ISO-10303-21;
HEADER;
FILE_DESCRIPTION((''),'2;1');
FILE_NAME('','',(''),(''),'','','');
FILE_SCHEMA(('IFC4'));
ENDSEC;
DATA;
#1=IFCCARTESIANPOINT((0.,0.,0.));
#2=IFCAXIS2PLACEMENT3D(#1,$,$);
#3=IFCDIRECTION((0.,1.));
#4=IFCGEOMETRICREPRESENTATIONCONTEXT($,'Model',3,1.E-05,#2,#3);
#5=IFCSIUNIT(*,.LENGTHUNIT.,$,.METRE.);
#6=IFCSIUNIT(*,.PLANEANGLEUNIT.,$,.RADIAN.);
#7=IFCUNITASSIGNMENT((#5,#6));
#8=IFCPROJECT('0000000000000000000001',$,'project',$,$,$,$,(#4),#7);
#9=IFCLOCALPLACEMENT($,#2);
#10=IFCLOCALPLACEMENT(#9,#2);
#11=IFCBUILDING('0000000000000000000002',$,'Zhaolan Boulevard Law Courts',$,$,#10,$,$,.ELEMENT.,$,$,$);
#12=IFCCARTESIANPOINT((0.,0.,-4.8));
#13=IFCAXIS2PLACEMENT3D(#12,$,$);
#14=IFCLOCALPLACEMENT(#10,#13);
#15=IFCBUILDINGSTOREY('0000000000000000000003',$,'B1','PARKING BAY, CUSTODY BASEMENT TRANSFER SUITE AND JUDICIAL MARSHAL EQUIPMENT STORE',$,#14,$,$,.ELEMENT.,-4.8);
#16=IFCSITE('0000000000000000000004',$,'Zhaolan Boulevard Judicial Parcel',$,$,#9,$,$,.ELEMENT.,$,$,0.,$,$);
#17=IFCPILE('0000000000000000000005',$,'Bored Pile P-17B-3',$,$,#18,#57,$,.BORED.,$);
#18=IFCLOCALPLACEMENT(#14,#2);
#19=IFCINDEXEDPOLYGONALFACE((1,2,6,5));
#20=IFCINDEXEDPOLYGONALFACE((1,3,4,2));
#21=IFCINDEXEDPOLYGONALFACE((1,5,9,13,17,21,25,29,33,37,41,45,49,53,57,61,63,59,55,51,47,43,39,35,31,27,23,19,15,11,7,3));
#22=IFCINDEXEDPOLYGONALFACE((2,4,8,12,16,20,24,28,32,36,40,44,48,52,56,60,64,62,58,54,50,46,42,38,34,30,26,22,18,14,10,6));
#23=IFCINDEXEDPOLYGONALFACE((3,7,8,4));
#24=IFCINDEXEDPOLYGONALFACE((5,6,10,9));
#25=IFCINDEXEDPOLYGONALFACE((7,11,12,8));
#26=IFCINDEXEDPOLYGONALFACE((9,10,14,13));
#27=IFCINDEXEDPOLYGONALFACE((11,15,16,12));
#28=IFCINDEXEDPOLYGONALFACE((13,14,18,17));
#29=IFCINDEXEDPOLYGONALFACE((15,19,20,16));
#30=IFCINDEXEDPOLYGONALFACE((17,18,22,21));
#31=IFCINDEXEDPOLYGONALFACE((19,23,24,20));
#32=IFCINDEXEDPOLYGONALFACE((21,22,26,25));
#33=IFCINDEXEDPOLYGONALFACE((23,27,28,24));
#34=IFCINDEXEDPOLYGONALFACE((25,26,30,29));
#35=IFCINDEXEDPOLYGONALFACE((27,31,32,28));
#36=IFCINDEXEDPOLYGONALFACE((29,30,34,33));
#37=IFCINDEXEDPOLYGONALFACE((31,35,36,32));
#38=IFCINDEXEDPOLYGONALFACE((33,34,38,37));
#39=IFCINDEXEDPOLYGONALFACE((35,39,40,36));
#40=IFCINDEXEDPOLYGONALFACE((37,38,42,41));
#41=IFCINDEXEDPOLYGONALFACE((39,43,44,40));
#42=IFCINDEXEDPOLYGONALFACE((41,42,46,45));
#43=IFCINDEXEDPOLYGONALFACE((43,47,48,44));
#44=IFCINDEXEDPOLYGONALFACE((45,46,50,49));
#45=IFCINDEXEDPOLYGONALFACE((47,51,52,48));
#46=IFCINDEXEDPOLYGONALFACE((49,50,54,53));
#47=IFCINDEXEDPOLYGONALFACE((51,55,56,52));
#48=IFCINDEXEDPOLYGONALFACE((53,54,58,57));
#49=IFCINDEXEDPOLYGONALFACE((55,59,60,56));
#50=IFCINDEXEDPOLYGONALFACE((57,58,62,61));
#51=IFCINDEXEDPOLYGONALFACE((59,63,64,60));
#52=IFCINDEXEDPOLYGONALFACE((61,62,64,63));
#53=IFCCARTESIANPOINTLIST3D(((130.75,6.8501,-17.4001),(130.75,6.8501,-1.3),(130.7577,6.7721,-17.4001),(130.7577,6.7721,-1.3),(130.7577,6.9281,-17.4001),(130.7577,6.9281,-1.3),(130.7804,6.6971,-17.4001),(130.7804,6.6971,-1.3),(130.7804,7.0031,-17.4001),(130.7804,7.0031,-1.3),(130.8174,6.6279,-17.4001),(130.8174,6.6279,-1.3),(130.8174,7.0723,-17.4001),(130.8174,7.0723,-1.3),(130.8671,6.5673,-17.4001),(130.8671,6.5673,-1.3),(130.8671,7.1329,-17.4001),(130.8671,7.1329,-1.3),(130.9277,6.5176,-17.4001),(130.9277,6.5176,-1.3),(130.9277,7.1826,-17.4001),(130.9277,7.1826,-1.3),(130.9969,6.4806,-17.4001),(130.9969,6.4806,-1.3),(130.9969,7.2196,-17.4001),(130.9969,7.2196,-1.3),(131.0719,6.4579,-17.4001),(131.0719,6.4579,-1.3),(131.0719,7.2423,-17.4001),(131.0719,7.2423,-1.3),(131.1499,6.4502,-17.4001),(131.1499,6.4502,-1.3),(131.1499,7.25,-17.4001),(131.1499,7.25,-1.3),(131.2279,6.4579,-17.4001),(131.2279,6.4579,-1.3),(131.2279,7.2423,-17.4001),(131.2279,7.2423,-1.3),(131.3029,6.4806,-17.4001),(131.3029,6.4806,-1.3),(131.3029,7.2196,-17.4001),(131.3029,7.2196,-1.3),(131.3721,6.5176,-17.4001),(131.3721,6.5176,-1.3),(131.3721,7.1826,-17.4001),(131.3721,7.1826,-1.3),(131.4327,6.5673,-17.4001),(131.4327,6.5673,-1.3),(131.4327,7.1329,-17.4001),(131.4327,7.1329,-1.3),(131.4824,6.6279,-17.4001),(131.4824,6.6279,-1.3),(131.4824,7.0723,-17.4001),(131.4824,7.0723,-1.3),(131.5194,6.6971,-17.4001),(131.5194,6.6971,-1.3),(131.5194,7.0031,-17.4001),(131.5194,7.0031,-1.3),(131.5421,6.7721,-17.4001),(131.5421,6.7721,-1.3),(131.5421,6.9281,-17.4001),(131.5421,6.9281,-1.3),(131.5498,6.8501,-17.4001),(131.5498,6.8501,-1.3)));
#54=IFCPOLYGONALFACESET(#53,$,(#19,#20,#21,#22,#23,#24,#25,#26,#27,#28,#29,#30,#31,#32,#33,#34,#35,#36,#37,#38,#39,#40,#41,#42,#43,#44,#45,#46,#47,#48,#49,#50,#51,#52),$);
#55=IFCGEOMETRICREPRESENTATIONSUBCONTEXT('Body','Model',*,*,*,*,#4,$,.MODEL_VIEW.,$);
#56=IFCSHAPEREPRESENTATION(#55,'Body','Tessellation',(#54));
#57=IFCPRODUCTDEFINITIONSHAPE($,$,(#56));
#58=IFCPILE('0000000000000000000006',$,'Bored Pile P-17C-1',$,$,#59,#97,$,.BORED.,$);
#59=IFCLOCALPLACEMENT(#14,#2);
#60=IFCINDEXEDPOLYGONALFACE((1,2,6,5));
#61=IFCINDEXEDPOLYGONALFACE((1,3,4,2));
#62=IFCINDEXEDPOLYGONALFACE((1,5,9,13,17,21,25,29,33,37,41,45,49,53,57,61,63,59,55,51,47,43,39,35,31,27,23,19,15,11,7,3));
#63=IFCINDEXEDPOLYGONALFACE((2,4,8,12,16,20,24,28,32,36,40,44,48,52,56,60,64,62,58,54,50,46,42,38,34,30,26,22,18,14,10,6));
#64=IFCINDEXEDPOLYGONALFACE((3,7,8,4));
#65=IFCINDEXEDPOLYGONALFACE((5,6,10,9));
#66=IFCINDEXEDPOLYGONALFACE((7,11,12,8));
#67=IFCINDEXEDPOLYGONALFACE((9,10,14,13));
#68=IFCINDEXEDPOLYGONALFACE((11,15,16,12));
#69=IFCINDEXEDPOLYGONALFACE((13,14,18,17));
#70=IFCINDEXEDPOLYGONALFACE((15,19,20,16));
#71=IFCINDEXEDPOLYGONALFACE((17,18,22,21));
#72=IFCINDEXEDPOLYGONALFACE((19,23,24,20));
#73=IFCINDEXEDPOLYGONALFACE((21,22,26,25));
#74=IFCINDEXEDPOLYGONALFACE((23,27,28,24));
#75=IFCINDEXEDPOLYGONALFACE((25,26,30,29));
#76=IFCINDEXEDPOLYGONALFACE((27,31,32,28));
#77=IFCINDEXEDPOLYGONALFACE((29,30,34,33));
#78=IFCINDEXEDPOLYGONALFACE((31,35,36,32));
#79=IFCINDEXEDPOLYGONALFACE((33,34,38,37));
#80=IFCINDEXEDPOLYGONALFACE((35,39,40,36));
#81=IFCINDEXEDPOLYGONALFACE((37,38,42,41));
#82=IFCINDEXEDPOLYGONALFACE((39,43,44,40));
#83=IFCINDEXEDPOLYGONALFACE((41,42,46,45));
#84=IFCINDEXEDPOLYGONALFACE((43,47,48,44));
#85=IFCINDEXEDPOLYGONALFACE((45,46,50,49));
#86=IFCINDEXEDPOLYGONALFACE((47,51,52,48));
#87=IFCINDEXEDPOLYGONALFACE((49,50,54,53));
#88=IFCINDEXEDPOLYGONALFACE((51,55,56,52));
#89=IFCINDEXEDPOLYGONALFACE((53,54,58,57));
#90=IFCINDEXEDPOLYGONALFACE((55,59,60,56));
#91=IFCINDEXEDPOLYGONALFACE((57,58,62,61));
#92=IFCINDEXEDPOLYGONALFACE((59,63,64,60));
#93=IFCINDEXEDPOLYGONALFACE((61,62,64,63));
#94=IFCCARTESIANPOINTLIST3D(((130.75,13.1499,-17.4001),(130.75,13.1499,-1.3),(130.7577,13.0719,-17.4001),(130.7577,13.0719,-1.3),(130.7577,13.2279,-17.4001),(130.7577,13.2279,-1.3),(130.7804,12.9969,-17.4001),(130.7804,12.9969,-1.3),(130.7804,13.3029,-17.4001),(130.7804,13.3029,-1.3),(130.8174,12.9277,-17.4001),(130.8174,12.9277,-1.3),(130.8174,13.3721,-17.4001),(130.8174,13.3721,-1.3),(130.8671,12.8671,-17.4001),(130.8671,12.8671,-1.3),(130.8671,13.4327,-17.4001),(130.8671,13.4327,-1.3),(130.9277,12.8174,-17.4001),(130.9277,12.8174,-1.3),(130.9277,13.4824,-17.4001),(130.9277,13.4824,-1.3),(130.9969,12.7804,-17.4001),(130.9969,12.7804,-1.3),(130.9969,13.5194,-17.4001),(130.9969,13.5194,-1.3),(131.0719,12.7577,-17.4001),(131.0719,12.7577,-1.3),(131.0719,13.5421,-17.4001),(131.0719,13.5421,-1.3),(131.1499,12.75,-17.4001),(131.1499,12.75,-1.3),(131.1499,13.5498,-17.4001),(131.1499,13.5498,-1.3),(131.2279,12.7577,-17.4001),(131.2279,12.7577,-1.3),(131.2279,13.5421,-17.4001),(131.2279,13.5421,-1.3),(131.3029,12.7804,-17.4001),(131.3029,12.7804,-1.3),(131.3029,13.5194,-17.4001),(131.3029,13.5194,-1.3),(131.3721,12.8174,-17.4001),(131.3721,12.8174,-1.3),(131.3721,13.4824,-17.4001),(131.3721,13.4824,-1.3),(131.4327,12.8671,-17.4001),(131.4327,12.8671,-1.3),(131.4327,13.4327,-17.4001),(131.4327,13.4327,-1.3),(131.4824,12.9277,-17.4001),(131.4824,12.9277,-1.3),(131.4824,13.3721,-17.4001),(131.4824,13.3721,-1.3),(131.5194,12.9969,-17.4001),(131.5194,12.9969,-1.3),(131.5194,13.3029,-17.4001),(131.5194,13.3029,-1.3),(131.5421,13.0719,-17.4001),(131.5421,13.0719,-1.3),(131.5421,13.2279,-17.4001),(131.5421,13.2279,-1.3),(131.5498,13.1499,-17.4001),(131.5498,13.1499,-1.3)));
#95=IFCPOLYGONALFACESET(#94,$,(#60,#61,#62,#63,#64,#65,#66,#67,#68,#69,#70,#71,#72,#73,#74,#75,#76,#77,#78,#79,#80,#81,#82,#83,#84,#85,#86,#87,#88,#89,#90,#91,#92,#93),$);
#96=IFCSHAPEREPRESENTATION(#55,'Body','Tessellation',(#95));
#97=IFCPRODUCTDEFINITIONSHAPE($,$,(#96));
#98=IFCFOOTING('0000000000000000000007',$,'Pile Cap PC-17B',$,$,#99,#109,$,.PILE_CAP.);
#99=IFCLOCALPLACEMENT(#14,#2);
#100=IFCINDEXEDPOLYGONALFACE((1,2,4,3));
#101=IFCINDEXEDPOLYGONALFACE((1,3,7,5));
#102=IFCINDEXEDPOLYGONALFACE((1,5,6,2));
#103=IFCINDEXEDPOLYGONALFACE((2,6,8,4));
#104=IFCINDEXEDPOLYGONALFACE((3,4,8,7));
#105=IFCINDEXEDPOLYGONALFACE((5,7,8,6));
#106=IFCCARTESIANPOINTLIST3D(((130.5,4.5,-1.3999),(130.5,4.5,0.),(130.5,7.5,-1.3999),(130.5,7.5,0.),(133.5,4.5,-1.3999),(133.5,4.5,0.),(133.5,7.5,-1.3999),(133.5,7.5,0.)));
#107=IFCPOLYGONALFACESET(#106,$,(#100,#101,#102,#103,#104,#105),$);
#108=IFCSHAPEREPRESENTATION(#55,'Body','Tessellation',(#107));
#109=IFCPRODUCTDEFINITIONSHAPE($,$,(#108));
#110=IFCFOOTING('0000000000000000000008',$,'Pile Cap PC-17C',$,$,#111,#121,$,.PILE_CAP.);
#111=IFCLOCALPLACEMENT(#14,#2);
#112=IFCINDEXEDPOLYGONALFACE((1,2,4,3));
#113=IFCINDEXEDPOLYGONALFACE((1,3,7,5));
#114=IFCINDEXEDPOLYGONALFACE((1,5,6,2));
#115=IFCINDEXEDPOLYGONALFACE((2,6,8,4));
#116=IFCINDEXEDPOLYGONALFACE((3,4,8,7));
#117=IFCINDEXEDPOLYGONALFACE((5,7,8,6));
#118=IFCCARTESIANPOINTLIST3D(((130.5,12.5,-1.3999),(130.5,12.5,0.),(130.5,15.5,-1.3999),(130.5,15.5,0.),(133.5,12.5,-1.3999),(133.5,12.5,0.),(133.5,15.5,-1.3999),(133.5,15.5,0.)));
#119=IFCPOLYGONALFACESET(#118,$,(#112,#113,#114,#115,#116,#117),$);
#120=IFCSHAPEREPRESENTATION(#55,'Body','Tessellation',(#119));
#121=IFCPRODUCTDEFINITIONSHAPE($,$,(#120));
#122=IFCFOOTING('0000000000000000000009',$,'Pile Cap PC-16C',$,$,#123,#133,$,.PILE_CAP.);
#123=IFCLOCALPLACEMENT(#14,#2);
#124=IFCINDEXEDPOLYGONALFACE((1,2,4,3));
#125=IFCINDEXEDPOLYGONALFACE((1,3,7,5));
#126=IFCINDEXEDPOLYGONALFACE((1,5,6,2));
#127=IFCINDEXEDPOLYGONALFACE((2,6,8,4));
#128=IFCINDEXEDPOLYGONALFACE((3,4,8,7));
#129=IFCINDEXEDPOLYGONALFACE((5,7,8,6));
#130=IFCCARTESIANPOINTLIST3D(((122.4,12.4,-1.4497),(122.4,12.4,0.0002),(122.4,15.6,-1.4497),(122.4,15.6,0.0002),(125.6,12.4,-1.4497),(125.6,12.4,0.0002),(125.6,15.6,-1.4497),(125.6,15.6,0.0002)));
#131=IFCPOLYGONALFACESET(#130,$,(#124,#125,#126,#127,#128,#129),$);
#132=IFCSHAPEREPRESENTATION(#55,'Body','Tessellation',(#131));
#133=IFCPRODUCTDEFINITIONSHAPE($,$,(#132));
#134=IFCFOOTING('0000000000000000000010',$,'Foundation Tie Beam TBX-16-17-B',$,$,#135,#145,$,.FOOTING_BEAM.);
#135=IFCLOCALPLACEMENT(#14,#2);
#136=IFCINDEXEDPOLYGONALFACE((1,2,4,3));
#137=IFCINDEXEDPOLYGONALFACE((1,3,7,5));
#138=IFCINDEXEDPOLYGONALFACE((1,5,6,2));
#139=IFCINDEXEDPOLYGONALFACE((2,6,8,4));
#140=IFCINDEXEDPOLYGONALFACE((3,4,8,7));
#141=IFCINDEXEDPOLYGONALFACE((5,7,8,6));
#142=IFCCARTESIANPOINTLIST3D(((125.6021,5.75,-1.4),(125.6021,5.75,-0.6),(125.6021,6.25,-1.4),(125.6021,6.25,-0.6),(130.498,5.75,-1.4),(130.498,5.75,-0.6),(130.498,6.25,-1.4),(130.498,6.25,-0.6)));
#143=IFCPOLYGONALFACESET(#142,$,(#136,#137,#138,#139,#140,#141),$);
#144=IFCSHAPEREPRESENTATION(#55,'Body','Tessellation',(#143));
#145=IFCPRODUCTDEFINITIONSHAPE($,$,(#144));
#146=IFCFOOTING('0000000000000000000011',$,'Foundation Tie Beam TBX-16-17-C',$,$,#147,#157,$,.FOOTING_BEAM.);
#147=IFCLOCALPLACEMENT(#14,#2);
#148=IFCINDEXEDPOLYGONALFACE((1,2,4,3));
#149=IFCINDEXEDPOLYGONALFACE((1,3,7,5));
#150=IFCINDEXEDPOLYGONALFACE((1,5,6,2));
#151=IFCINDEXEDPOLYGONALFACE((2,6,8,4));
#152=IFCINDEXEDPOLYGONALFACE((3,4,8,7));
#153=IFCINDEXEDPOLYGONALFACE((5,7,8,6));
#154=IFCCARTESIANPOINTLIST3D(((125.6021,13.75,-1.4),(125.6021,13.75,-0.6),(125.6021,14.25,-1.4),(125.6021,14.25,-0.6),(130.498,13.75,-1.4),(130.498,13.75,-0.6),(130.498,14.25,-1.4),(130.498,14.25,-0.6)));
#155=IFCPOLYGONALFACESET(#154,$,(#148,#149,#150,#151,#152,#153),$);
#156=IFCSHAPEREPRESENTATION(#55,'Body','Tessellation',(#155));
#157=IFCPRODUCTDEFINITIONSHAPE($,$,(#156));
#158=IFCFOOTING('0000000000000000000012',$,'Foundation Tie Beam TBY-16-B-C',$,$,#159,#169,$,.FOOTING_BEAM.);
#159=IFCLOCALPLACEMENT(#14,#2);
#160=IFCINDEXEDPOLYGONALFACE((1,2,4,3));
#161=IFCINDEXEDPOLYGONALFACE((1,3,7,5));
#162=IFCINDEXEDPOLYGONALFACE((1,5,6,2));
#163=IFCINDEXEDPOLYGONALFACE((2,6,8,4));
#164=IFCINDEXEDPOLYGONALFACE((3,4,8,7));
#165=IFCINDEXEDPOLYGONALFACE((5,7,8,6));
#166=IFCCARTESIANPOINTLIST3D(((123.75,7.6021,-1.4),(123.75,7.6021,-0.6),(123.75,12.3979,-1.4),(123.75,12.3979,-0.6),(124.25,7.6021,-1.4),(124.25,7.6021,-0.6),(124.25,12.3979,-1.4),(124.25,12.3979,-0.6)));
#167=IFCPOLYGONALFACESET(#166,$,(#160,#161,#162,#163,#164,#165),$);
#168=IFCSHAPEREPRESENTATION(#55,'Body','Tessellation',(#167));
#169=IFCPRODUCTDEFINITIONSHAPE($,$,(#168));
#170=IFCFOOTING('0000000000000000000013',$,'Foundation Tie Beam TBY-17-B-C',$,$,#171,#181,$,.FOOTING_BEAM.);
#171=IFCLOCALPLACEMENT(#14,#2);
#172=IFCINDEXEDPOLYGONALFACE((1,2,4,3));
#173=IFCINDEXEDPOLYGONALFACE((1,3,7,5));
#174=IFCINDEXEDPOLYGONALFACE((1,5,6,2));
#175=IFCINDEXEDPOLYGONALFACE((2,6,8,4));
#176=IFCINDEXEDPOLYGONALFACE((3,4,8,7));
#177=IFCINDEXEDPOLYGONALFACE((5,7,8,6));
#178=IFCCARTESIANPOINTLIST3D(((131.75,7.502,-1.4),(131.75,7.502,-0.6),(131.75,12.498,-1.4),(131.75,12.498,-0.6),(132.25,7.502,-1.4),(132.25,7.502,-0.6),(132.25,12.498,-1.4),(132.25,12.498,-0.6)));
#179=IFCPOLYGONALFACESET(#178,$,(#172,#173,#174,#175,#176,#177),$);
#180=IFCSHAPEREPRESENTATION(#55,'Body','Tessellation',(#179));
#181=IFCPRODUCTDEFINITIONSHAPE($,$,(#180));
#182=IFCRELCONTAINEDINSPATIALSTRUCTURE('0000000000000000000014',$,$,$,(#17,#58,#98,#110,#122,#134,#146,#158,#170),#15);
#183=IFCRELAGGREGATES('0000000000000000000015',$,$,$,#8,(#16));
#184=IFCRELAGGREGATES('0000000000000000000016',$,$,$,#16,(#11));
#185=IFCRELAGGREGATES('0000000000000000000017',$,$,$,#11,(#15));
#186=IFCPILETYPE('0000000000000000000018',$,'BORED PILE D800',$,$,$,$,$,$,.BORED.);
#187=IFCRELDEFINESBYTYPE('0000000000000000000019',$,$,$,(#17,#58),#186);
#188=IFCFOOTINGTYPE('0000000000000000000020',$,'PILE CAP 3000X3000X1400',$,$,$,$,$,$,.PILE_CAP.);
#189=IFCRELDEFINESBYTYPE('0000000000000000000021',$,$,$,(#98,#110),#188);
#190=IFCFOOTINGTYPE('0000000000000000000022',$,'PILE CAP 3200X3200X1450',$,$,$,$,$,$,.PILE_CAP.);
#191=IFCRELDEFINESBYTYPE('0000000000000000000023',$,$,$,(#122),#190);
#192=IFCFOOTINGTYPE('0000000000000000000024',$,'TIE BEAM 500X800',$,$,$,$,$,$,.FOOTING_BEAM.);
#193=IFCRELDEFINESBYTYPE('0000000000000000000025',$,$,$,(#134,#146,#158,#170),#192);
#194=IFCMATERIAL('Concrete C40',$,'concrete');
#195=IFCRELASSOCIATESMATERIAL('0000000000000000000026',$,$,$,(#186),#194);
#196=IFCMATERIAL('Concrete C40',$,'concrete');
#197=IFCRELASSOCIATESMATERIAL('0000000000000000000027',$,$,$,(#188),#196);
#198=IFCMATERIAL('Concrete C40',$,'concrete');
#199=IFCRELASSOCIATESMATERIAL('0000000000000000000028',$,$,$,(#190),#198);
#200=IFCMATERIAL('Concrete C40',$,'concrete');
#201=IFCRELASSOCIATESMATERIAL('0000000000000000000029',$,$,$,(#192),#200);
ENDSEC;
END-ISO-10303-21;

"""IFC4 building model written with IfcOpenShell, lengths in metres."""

from ifc_helpers import new_model, si_unit, direction, frame, origin, origin_2d, place, context, subcontext, project, spatial, rectangle, circle, extrude, material, material_profile, profile_set, type_object, element, save


model = new_model("IFC4")

# Units and contexts
model_context = context("Model", 3, precision=1e-05, world=origin(), true_north=direction((0.0, 1.0)))
body_context = subcontext(model_context, "Body", "Model", "MODEL_VIEW")
ifc_project = project(units=[si_unit("LENGTHUNIT", "METRE"), si_unit("PLANEANGLEUNIT", "RADIAN")], contexts=[model_context])

# Site, building, storey
site_placement = place(None, origin())
site = spatial("IfcSite", under=ifc_project, at=site_placement, Name="Zhaolan Boulevard Judicial Parcel", CompositionType="ELEMENT", RefElevation=0.0)
building_placement = place(site_placement, origin())
building = spatial("IfcBuilding", under=site, at=building_placement, Name="Zhaolan Boulevard Law Courts", CompositionType="ELEMENT")
storey_placement = place(building_placement, frame((0.0, 0.0, -4.8)))
storey = spatial("IfcBuildingStorey", under=building, at=storey_placement, Name="B1", Description="PARKING BAY, CUSTODY BASEMENT TRANSFER SUITE AND JUDICIAL MARSHAL EQUIPMENT STORE", CompositionType="ELEMENT", Elevation=-4.8)

# Piles
ifc_material_1 = material(Name="Concrete C40", Category="concrete")
ifc_material_profile_1 = material_profile(ifc_material_1, circle(Radius=0.3999, at=origin_2d()), Name="PILE-D800")
ifc_profile_set_1 = profile_set([ifc_material_profile_1], Name="Concrete C40")
pile_type = type_object("IfcPileType", Name="BORED PILE D800", PredefinedType="BORED", material=ifc_profile_set_1)
for number, where, z_axis, x_axis, name in (
    (1, (131.1499, 6.8501, -1.3), (0.0, 0.0, -1.0), (1.0, 0.0, 0.0), "Bored Pile P-17B-3"),
    (2, (131.1499, 13.1499, -1.3), (0.0, 0.0, -1.0), (1.0, 0.0, 0.0), "Bored Pile P-17C-1"),
):
    element("IfcPile", number, at=place(storey_placement, frame(where, z_axis=z_axis, x_axis=x_axis)), inside=storey, type_object=pile_type, Name=name, PredefinedType="BORED", context=body_context, shape_type="SweptSolid", body=[
        extrude(circle(Radius=0.3999, at=origin_2d()), origin(), (0.0, 0.0, 1.0), 16.1001),
    ])

# Footings
ifc_material_2 = material(Name="Concrete C40", Category="concrete")
footing_type_1 = type_object("IfcFootingType", Name="PILE CAP 3000X3000X1400", PredefinedType="PILE_CAP", material=ifc_material_2)
for number, where, z_axis, x_axis, name in (
    (3, (132.0, 6.0, -1.3999), (0.0, 0.0, 1.0), (1.0, 0.0, 0.0), "Pile Cap PC-17B"),
    (4, (132.0, 14.0, -1.3999), (0.0, 0.0, 1.0), (1.0, 0.0, 0.0), "Pile Cap PC-17C"),
):
    element("IfcFooting", number, at=place(storey_placement, frame(where, z_axis=z_axis, x_axis=x_axis)), inside=storey, type_object=footing_type_1, Name=name, PredefinedType="PILE_CAP", context=body_context, shape_type="SweptSolid", body=[
        extrude(rectangle(XDim=3.0, YDim=3.0, at=origin_2d()), origin(), (0.0, 0.0, 1.0), 1.3999),
    ])
ifc_material_3 = material(Name="Concrete C40", Category="concrete")
footing_type_2 = type_object("IfcFootingType", Name="PILE CAP 3200X3200X1450", PredefinedType="PILE_CAP", material=ifc_material_3)
footing_1_placement = place(storey_placement, frame((124.0, 14.0, -1.4497), z_axis=(0.0, 0.0, 1.0), x_axis=(1.0, 0.0, 0.0)))
element("IfcFooting", 5, at=footing_1_placement, inside=storey, type_object=footing_type_2, Name="Pile Cap PC-16C", PredefinedType="PILE_CAP", context=body_context, shape_type="SweptSolid", body=[
    extrude(rectangle(XDim=3.2, YDim=3.2, at=origin_2d()), origin(), (0.0, 0.0, 1.0), 1.45),
])
ifc_material_4 = material(Name="Concrete C40", Category="concrete")
ifc_material_profile_2 = material_profile(ifc_material_4, rectangle(XDim=0.5, YDim=0.8, at=origin_2d()), Name="RC500x800")
ifc_profile_set_2 = profile_set([ifc_material_profile_2], Name="Concrete C40")
footing_type_3 = type_object("IfcFootingType", Name="TIE BEAM 500X800", PredefinedType="FOOTING_BEAM", material=ifc_profile_set_2)
for number, where, z_axis, x_axis, name in (
    (6, (125.6021, 6.0, -1.0), (1.0, 0.0, 0.0), (0.0, 1.0, 0.0), "Foundation Tie Beam TBX-16-17-B"),
    (7, (125.6021, 14.0, -1.0), (1.0, 0.0, 0.0), (0.0, 1.0, 0.0), "Foundation Tie Beam TBX-16-17-C"),
):
    element("IfcFooting", number, at=place(storey_placement, frame(where, z_axis=z_axis, x_axis=x_axis)), inside=storey, type_object=footing_type_3, Name=name, PredefinedType="FOOTING_BEAM", context=body_context, shape_type="SweptSolid", body=[
        extrude(rectangle(XDim=0.5, YDim=0.8, at=origin_2d()), origin(), (0.0, 0.0, 1.0), 4.896),
    ])
footing_2_placement = place(storey_placement, frame((124.0, 7.6021, -1.0), z_axis=(0.0, 1.0, 0.0), x_axis=(-1.0, 0.0, 0.0)))
element("IfcFooting", 8, at=footing_2_placement, inside=storey, type_object=footing_type_3, Name="Foundation Tie Beam TBY-16-B-C", PredefinedType="FOOTING_BEAM", context=body_context, shape_type="SweptSolid", body=[
    extrude(rectangle(XDim=0.5, YDim=0.8, at=origin_2d()), origin(), (0.0, 0.0, 1.0), 4.7959),
])
footing_3_placement = place(storey_placement, frame((132.0, 7.502, -1.0), z_axis=(0.0, 1.0, 0.0), x_axis=(-1.0, 0.0, 0.0)))
element("IfcFooting", 9, at=footing_3_placement, inside=storey, type_object=footing_type_3, Name="Foundation Tie Beam TBY-17-B-C", PredefinedType="FOOTING_BEAM", context=body_context, shape_type="SweptSolid", body=[
    extrude(rectangle(XDim=0.5, YDim=0.8, at=origin_2d()), origin(), (0.0, 0.0, 1.0), 4.9961),
])

save(model, "model.ifc")
